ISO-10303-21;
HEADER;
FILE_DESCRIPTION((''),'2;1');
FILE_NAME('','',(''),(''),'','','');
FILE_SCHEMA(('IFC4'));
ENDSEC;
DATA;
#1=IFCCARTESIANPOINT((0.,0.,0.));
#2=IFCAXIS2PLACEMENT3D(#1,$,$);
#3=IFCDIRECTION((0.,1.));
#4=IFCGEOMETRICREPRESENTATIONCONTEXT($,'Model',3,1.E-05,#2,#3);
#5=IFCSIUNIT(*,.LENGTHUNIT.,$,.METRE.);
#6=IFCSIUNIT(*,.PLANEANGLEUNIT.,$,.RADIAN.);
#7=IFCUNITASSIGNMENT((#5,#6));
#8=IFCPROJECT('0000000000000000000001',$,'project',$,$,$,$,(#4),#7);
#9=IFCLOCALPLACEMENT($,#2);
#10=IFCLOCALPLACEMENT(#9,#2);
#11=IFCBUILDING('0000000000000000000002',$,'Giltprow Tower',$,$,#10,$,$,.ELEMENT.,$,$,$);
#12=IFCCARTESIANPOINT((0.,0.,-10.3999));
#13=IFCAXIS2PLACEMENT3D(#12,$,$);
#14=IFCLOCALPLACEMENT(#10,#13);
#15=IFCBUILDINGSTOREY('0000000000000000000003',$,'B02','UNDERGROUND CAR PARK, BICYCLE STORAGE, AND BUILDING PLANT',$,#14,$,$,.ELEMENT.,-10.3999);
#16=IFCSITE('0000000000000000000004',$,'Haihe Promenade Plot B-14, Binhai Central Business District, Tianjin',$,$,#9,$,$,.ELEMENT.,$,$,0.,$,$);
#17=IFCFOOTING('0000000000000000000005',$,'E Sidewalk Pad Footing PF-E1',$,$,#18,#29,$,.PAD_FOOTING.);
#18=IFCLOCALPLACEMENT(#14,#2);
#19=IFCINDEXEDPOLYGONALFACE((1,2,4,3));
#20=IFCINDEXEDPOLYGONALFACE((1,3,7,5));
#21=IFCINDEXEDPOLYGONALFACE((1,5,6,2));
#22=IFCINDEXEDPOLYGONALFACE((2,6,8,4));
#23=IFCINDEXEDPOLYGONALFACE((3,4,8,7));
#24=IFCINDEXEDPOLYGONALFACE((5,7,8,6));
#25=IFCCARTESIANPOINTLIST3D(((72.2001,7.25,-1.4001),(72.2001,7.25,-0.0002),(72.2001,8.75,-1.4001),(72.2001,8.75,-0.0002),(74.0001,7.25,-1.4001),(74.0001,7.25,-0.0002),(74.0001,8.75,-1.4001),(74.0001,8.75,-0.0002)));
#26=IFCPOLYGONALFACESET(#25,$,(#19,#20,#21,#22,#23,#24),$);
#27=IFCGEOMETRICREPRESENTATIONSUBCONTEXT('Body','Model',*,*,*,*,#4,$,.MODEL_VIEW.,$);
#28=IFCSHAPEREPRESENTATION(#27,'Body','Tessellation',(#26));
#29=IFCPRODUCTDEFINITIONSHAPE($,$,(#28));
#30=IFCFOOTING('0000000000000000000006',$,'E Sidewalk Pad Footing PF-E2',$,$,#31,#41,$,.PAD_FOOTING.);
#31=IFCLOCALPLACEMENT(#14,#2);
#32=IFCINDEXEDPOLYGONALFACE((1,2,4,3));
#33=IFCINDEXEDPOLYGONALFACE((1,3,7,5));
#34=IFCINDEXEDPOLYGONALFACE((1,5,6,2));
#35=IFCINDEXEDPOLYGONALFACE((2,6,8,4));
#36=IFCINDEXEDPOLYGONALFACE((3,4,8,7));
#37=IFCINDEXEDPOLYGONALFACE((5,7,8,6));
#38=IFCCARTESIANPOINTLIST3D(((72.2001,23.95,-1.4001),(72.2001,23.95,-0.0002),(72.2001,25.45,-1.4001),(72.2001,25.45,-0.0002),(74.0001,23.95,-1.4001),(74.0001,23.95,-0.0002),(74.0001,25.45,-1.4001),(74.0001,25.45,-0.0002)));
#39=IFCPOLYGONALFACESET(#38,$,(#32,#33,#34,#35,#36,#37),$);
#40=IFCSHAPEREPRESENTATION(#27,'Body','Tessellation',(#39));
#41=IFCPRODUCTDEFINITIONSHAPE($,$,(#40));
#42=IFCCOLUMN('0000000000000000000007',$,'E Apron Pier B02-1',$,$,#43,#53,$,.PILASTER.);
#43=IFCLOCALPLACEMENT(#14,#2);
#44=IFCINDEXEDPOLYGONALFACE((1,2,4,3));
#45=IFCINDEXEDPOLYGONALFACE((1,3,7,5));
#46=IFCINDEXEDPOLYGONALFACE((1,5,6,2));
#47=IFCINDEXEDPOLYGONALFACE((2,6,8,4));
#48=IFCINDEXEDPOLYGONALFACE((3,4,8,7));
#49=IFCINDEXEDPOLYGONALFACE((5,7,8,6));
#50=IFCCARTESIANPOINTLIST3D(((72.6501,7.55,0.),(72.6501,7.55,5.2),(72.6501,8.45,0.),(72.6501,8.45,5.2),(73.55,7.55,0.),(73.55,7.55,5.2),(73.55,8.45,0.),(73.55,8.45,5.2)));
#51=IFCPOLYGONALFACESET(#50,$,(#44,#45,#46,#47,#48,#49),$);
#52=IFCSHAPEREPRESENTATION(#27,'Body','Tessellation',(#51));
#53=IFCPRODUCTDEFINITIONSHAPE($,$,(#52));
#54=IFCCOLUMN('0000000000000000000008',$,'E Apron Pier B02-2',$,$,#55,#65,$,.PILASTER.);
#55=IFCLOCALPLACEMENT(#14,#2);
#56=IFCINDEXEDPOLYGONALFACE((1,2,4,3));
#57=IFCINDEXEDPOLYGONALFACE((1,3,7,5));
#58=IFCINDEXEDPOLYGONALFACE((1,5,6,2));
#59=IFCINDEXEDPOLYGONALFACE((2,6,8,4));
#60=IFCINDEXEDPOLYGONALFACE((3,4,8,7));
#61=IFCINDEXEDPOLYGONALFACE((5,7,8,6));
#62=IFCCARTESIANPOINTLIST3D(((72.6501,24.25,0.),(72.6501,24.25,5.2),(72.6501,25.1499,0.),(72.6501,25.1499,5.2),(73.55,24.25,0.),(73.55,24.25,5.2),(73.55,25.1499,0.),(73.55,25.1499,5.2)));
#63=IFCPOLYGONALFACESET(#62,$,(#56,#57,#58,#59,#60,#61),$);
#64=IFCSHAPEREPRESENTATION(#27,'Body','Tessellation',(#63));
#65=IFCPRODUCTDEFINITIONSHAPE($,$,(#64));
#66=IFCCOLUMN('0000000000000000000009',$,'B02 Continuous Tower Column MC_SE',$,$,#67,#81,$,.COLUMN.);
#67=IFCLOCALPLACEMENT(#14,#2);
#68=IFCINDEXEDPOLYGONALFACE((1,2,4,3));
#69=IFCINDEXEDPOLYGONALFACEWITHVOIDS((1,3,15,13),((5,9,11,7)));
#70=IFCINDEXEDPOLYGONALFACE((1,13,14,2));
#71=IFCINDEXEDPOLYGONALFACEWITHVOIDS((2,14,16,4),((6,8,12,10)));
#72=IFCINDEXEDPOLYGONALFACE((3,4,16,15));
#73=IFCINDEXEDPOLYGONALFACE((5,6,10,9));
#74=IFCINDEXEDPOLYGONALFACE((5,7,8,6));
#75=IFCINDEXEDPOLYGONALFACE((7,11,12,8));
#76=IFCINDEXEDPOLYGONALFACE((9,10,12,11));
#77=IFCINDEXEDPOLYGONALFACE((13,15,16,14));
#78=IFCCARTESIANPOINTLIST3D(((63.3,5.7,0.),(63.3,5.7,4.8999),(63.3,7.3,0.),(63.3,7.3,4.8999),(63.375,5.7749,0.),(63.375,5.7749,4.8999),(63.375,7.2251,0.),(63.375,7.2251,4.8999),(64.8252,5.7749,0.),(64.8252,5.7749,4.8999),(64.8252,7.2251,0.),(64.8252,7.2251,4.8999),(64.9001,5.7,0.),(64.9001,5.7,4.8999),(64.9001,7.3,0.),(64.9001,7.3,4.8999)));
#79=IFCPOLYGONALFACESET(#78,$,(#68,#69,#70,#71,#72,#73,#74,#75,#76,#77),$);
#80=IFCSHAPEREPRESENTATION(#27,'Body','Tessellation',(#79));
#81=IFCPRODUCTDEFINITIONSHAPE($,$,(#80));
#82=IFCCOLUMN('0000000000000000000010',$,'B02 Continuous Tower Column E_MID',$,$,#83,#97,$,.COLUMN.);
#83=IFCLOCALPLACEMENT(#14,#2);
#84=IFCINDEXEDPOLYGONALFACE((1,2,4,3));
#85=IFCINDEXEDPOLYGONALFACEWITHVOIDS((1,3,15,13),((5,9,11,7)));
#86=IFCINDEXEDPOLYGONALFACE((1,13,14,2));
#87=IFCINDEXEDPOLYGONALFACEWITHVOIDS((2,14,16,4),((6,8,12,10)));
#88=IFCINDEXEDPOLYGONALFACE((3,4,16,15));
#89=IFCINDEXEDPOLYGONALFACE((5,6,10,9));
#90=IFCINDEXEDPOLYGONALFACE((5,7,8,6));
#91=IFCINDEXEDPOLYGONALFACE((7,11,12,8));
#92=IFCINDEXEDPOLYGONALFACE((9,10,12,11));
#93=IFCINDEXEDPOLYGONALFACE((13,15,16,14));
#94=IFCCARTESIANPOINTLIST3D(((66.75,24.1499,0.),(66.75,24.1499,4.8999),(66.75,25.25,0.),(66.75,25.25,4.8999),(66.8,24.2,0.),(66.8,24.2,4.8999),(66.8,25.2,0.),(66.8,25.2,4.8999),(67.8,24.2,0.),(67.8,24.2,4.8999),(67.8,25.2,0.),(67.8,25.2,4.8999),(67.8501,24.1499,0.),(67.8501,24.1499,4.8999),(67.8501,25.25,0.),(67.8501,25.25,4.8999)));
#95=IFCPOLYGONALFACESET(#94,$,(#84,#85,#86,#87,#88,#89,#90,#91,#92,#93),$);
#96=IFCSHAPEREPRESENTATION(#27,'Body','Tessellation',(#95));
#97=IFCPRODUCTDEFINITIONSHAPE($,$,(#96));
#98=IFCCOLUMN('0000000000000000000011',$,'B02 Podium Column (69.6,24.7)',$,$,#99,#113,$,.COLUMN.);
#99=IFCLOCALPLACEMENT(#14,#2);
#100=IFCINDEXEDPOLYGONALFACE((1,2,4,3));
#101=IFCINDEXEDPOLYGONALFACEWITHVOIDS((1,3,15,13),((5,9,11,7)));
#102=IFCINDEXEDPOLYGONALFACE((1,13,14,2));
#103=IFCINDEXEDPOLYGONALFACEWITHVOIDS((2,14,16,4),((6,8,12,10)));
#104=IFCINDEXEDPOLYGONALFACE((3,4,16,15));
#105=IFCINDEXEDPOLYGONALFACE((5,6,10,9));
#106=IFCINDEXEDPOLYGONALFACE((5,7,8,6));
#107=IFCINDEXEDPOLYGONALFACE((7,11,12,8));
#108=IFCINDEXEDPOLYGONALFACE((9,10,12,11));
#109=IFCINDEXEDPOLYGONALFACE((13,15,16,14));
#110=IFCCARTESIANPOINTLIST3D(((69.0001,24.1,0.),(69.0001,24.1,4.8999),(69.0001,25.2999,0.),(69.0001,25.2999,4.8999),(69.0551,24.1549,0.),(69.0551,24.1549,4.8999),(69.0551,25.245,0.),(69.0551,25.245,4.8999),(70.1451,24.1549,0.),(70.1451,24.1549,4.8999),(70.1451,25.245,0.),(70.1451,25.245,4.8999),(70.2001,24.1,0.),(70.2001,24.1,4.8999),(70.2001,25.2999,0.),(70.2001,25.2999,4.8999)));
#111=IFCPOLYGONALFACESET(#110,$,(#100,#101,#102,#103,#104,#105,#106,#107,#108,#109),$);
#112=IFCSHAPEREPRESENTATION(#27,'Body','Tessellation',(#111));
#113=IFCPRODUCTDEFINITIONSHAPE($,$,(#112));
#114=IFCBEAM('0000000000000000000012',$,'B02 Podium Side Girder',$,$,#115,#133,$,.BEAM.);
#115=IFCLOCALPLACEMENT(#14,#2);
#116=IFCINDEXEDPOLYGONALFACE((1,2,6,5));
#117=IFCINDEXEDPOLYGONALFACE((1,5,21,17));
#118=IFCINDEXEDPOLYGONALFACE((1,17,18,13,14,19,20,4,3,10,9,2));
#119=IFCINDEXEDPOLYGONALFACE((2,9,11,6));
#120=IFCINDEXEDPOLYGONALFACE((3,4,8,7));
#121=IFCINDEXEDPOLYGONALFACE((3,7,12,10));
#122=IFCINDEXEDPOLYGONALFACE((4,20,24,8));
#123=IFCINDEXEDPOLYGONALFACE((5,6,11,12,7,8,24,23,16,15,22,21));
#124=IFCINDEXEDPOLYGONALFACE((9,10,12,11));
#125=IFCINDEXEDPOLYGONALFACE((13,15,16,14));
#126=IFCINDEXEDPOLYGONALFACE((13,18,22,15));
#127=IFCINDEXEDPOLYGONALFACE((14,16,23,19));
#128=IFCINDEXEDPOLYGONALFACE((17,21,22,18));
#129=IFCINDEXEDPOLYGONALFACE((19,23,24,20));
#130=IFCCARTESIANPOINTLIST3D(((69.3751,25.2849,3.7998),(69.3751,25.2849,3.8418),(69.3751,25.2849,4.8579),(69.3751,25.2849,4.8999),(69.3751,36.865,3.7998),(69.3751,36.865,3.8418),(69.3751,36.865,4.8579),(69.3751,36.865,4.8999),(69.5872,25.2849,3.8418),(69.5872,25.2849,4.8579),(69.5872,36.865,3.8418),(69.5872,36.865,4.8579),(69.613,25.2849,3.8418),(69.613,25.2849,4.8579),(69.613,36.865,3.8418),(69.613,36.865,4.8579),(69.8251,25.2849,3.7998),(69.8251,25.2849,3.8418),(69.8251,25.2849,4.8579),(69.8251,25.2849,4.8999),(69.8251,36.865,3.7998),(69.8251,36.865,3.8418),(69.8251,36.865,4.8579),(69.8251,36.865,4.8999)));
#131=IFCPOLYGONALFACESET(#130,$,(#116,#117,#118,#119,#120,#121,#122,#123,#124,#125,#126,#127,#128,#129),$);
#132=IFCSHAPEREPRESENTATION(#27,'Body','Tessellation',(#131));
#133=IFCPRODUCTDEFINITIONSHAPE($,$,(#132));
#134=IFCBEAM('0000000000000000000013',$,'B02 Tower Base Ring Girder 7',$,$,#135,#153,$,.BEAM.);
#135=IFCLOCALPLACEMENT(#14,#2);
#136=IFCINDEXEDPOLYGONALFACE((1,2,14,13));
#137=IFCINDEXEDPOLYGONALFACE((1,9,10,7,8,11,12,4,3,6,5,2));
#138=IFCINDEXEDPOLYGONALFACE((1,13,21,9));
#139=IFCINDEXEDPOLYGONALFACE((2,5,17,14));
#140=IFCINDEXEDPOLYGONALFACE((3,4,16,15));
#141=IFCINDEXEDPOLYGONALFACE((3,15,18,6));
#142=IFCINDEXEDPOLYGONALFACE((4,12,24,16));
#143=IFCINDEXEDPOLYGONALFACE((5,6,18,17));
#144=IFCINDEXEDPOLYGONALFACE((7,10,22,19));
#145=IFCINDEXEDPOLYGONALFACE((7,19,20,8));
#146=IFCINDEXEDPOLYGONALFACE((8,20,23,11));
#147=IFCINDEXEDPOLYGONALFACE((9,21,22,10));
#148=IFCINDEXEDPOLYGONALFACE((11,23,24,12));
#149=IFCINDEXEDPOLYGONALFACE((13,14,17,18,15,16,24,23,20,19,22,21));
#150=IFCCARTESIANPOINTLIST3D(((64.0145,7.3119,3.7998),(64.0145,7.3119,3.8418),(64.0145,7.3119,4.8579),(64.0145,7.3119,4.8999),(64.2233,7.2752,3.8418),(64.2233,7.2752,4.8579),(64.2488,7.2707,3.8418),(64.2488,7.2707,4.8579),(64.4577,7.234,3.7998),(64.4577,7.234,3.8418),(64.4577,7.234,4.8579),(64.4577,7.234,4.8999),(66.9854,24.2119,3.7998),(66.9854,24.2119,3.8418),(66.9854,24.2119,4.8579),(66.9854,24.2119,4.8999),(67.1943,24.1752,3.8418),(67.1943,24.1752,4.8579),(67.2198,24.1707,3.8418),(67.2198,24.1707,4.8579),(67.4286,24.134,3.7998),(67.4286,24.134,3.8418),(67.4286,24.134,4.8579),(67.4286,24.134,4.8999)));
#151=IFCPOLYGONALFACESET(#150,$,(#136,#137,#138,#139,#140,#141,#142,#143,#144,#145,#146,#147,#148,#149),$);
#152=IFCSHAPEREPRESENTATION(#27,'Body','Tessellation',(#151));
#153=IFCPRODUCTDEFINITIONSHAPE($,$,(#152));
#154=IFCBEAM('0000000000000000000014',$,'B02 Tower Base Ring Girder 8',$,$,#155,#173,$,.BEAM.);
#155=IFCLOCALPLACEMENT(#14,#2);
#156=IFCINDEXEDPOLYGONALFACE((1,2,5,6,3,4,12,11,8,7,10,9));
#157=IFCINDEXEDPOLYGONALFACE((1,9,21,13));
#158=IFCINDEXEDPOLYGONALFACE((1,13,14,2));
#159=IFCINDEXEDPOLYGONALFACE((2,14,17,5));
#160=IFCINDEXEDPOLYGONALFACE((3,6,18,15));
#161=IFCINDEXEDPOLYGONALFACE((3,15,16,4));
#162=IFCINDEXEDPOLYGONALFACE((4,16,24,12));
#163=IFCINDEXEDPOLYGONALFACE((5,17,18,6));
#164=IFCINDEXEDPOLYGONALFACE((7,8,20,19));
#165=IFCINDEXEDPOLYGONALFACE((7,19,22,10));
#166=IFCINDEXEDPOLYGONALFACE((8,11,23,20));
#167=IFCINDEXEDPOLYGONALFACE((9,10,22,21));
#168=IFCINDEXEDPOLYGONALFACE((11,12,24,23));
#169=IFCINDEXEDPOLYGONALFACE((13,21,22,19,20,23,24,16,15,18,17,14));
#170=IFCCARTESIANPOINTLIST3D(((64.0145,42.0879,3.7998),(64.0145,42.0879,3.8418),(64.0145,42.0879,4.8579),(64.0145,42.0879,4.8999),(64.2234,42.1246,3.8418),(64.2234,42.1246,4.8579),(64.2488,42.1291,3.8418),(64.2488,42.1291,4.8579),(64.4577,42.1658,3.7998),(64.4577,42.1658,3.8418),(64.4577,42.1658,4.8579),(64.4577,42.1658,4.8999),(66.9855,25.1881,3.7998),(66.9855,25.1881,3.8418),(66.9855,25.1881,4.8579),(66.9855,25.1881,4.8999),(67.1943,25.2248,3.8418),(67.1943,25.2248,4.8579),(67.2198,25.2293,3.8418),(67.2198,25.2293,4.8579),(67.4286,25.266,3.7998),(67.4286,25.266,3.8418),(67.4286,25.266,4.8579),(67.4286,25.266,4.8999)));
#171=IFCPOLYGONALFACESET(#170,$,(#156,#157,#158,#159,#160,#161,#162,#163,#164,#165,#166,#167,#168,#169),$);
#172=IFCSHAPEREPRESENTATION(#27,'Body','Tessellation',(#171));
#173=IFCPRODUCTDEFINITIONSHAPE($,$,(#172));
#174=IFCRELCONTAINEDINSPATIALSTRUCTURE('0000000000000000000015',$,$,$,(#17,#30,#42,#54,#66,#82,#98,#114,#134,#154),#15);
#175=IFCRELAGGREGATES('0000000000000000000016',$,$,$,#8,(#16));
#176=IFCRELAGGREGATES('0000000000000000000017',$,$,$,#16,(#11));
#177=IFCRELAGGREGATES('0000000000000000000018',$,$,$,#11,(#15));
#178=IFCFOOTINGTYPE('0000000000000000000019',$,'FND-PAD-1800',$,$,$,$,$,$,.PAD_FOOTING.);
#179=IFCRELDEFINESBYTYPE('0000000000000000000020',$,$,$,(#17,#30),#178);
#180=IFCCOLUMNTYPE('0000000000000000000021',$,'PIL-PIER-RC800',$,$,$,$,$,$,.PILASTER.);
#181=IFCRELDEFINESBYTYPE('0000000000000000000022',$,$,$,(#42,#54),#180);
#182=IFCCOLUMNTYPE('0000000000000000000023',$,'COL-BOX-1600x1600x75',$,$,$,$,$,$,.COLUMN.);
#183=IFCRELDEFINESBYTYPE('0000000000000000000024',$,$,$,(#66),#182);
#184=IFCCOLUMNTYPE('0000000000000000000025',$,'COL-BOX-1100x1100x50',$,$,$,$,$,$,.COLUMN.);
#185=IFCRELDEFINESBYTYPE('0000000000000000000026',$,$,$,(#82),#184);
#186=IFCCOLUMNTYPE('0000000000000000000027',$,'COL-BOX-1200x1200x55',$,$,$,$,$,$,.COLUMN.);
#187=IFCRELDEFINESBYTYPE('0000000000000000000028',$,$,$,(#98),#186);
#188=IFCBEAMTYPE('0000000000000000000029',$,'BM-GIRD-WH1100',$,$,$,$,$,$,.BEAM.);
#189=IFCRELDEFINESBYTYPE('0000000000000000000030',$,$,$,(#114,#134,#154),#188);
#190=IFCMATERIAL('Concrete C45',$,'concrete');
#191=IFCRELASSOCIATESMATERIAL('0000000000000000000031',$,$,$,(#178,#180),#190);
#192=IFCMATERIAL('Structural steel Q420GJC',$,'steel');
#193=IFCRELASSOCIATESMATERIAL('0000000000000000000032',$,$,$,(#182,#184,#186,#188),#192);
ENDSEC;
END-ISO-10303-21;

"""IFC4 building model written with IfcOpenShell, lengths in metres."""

from ifc_helpers import new_model, si_unit, direction, frame, origin, origin_2d, place, context, subcontext, project, spatial, rectangle, hollow_rectangle, i_section, extrude, source, transform, mapped, material, material_profile, profile_set, type_object, element, save


model = new_model("IFC4")

# Units and contexts
model_context = context("Model", 3, precision=1e-05, world=origin(), true_north=direction((0.0, 1.0)))
body_context = subcontext(model_context, "Body", "Model", "MODEL_VIEW")
ifc_project = project(units=[si_unit("LENGTHUNIT", "METRE"), si_unit("PLANEANGLEUNIT", "RADIAN")], contexts=[model_context])

# Site, building, storey
site_placement = place(None, origin())
site = spatial("IfcSite", under=ifc_project, at=site_placement, Name="Haihe Promenade Plot B-14, Binhai Central Business District, Tianjin", CompositionType="ELEMENT", RefElevation=0.0)
building_placement = place(site_placement, origin())
building = spatial("IfcBuilding", under=site, at=building_placement, Name="Giltprow Tower", CompositionType="ELEMENT")
storey_placement = place(building_placement, frame((0.0, 0.0, -10.3999)))
storey = spatial("IfcBuildingStorey", under=building, at=storey_placement, Name="B02", Description="UNDERGROUND CAR PARK, BICYCLE STORAGE, AND BUILDING PLANT", CompositionType="ELEMENT", Elevation=-10.3999)

# Shared definitions
ifc_material_1 = material(Name="Concrete C45", Category="concrete")

# Footings
footing_type = type_object("IfcFootingType", Name="FND-PAD-1800", PredefinedType="PAD_FOOTING", material=ifc_material_1)
shared_shape_1 = source(origin(), body_context, "Body", "SweptSolid", [
    extrude(rectangle(XDim=1.8, YDim=1.5, at=origin_2d()), origin(), (0.0, 0.0, 1.0), 1.3999),
])
for number, where, z_axis, x_axis, name in (
    (1, (73.1001, 8.0, -1.4001), (0.0, 0.0, 1.0), (1.0, 0.0, 0.0), "E Sidewalk Pad Footing PF-E1"),
    (2, (73.1001, 24.7, -1.4001), (0.0, 0.0, 1.0), (1.0, 0.0, 0.0), "E Sidewalk Pad Footing PF-E2"),
):
    element("IfcFooting", number, at=place(storey_placement, frame(where, z_axis=z_axis, x_axis=x_axis)), inside=storey, type_object=footing_type, Name=name, PredefinedType="PAD_FOOTING", context=body_context, shape_type="MappedRepresentation", body=[
        mapped(shared_shape_1, transform((0.0, 0.0, 0.0), x_axis=(1.0, 0.0, 0.0), y_axis=(0.0, 1.0, 0.0), z_axis=(0.0, 0.0, 1.0), scale=1.0)),
    ])

# Columns
ifc_material_profile_1 = material_profile(ifc_material_1, rectangle(XDim=0.8999, YDim=0.8999, at=origin_2d()), Name="RC 900x900")
ifc_profile_set_1 = profile_set([ifc_material_profile_1], Name="Concrete C45")
column_type_1 = type_object("IfcColumnType", Name="PIL-PIER-RC800", PredefinedType="PILASTER", material=ifc_profile_set_1)
shared_shape_2 = source(origin(), body_context, "Body", "SweptSolid", [
    extrude(rectangle(XDim=0.8999, YDim=0.8999, at=origin_2d()), origin(), (0.0, 0.0, 1.0), 5.2),
])
for number, where, z_axis, x_axis, name in (
    (3, (73.1001, 8.0, 0.0), (0.0, 0.0, 1.0), (1.0, 0.0, 0.0), "E Apron Pier B02-1"),
    (4, (73.1001, 24.7, 0.0), (0.0, 0.0, 1.0), (1.0, 0.0, 0.0), "E Apron Pier B02-2"),
):
    element("IfcColumn", number, at=place(storey_placement, frame(where, z_axis=z_axis, x_axis=x_axis)), inside=storey, type_object=column_type_1, Name=name, PredefinedType="PILASTER", context=body_context, shape_type="MappedRepresentation", body=[
        mapped(shared_shape_2, transform((0.0, 0.0, 0.0), x_axis=(1.0, 0.0, 0.0), y_axis=(0.0, 1.0, 0.0), z_axis=(0.0, 0.0, 1.0), scale=1.0)),
    ])
ifc_material_2 = material(Name="Structural steel Q420GJC", Category="steel")
ifc_material_profile_2 = material_profile(ifc_material_2, hollow_rectangle(XDim=1.6001, YDim=1.6001, WallThickness=0.075, at=origin_2d()), Name="BOX 1600x1600x75")
ifc_profile_set_2 = profile_set([ifc_material_profile_2], Name="Structural steel Q420GJC")
column_type_2 = type_object("IfcColumnType", Name="COL-BOX-1600x1600x75", PredefinedType="COLUMN", material=ifc_profile_set_2)
shared_shape_3 = source(origin(), body_context, "Body", "SweptSolid", [
    extrude(hollow_rectangle(XDim=1.6001, YDim=1.6001, WallThickness=0.075, at=origin_2d()), origin(), (0.0, 0.0, 1.0), 4.8999),
])
column_1_placement = place(storey_placement, frame((64.1001, 6.5, 0.0), z_axis=(0.0, 0.0, 1.0), x_axis=(1.0, 0.0, 0.0)))
element("IfcColumn", 5, at=column_1_placement, inside=storey, type_object=column_type_2, Name="B02 Continuous Tower Column MC_SE", PredefinedType="COLUMN", context=body_context, shape_type="MappedRepresentation", body=[
    mapped(shared_shape_3, transform((0.0, 0.0, 0.0), x_axis=(1.0, 0.0, 0.0), y_axis=(0.0, 1.0, 0.0), z_axis=(0.0, 0.0, 1.0), scale=1.0)),
])
ifc_material_profile_3 = material_profile(ifc_material_2, hollow_rectangle(XDim=1.1001, YDim=1.1001, WallThickness=0.05, at=origin_2d()), Name="BOX 1100x1100x50")
ifc_profile_set_3 = profile_set([ifc_material_profile_3], Name="Structural steel Q420GJC")
column_type_3 = type_object("IfcColumnType", Name="COL-BOX-1100x1100x50", PredefinedType="COLUMN", material=ifc_profile_set_3)
shared_shape_4 = source(origin(), body_context, "Body", "SweptSolid", [
    extrude(hollow_rectangle(XDim=1.1001, YDim=1.1001, WallThickness=0.05, at=origin_2d()), origin(), (0.0, 0.0, 1.0), 4.8999),
])
column_2_placement = place(storey_placement, frame((67.3, 24.7, 0.0), z_axis=(0.0, 0.0, 1.0), x_axis=(1.0, 0.0, 0.0)))
element("IfcColumn", 6, at=column_2_placement, inside=storey, type_object=column_type_3, Name="B02 Continuous Tower Column E_MID", PredefinedType="COLUMN", context=body_context, shape_type="MappedRepresentation", body=[
    mapped(shared_shape_4, transform((0.0, 0.0, 0.0), x_axis=(1.0, 0.0, 0.0), y_axis=(0.0, 1.0, 0.0), z_axis=(0.0, 0.0, 1.0), scale=1.0)),
])
ifc_material_profile_4 = material_profile(ifc_material_2, hollow_rectangle(XDim=1.2, YDim=1.2, WallThickness=0.0549, at=origin_2d()), Name="BOX 1200x1200x55")
ifc_profile_set_4 = profile_set([ifc_material_profile_4], Name="Structural steel Q420GJC")
column_type_4 = type_object("IfcColumnType", Name="COL-BOX-1200x1200x55", PredefinedType="COLUMN", material=ifc_profile_set_4)
shared_shape_5 = source(origin(), body_context, "Body", "SweptSolid", [
    extrude(hollow_rectangle(XDim=1.2, YDim=1.2, WallThickness=0.0549, at=origin_2d()), origin(), (0.0, 0.0, 1.0), 4.8999),
])
column_3_placement = place(storey_placement, frame((69.6001, 24.7, 0.0), z_axis=(0.0, 0.0, 1.0), x_axis=(1.0, 0.0, 0.0)))
element("IfcColumn", 7, at=column_3_placement, inside=storey, type_object=column_type_4, Name="B02 Podium Column (69.6,24.7)", PredefinedType="COLUMN", context=body_context, shape_type="MappedRepresentation", body=[
    mapped(shared_shape_5, transform((0.0, 0.0, 0.0), x_axis=(1.0, 0.0, 0.0), y_axis=(0.0, 1.0, 0.0), z_axis=(0.0, 0.0, 1.0), scale=1.0)),
])

# Beams
ifc_material_profile_5 = material_profile(ifc_material_2, i_section(OverallWidth=0.45, OverallDepth=1.1001, WebThickness=0.0259, FlangeThickness=0.042, at=origin_2d()), Name="WH 1100x450x26x42")
ifc_profile_set_5 = profile_set([ifc_material_profile_5], Name="Structural steel Q420GJC")
beam_type = type_object("IfcBeamType", Name="BM-GIRD-WH1100", PredefinedType="BEAM", material=ifc_profile_set_5)
shared_shape_6 = source(origin(), body_context, "Body", "SweptSolid", [
    extrude(i_section(OverallWidth=0.45, OverallDepth=1.1001, WebThickness=0.0259, FlangeThickness=0.042, at=origin_2d()), origin(), (0.0, 0.0, 1.0), 11.5801),
])
beam_1_placement = place(storey_placement, frame((69.6001, 25.2849, 4.3499), z_axis=(0.0, 1.0, 0.0), x_axis=(-1.0, 0.0, 0.0)))
element("IfcBeam", 8, at=beam_1_placement, inside=storey, type_object=beam_type, Name="B02 Podium Side Girder", PredefinedType="BEAM", context=body_context, shape_type="MappedRepresentation", body=[
    mapped(shared_shape_6, transform((0.0, 0.0, 0.0), x_axis=(1.0, 0.0, 0.0), y_axis=(0.0, 1.0, 0.0), z_axis=(0.0, 0.0, 1.0), scale=1.0)),
])
shared_shape_7 = source(origin(), body_context, "Body", "SweptSolid", [
    extrude(i_section(OverallWidth=0.45, OverallDepth=1.1001, WebThickness=0.0259, FlangeThickness=0.042, at=origin_2d()), origin(), (0.0, 0.0, 1.0), 17.1592),
])
beam_2_placement = place(storey_placement, frame((64.2361, 7.2729, 4.3499), z_axis=(0.173139, 0.984897, 0.0), x_axis=(-0.984897, 0.173139, 0.0)))
element("IfcBeam", 9, at=beam_2_placement, inside=storey, type_object=beam_type, Name="B02 Tower Base Ring Girder 7", PredefinedType="BEAM", context=body_context, shape_type="MappedRepresentation", body=[
    mapped(shared_shape_7, transform((0.0, 0.0, 0.0), x_axis=(1.0, 0.0, 0.0), y_axis=(0.0, 1.0, 0.0), z_axis=(0.0, 0.0, 1.0), scale=1.0)),
])
shared_shape_8 = source(origin(), body_context, "Body", "SweptSolid", [
    extrude(i_section(OverallWidth=0.45, OverallDepth=1.1001, WebThickness=0.0259, FlangeThickness=0.042, at=origin_2d()), origin(), (0.0, 0.0, 1.0), 17.1589),
])
beam_3_placement = place(storey_placement, frame((67.207, 25.2271, 4.3499), z_axis=(-0.173142, 0.984897, 0.0), x_axis=(-0.984897, -0.173142, 0.0)))
element("IfcBeam", 10, at=beam_3_placement, inside=storey, type_object=beam_type, Name="B02 Tower Base Ring Girder 8", PredefinedType="BEAM", context=body_context, shape_type="MappedRepresentation", body=[
    mapped(shared_shape_8, transform((0.0, 0.0, 0.0), x_axis=(1.0, 0.0, 0.0), y_axis=(0.0, 1.0, 0.0), z_axis=(0.0, 0.0, 1.0), scale=1.0)),
])

save(model, "model.ifc")
